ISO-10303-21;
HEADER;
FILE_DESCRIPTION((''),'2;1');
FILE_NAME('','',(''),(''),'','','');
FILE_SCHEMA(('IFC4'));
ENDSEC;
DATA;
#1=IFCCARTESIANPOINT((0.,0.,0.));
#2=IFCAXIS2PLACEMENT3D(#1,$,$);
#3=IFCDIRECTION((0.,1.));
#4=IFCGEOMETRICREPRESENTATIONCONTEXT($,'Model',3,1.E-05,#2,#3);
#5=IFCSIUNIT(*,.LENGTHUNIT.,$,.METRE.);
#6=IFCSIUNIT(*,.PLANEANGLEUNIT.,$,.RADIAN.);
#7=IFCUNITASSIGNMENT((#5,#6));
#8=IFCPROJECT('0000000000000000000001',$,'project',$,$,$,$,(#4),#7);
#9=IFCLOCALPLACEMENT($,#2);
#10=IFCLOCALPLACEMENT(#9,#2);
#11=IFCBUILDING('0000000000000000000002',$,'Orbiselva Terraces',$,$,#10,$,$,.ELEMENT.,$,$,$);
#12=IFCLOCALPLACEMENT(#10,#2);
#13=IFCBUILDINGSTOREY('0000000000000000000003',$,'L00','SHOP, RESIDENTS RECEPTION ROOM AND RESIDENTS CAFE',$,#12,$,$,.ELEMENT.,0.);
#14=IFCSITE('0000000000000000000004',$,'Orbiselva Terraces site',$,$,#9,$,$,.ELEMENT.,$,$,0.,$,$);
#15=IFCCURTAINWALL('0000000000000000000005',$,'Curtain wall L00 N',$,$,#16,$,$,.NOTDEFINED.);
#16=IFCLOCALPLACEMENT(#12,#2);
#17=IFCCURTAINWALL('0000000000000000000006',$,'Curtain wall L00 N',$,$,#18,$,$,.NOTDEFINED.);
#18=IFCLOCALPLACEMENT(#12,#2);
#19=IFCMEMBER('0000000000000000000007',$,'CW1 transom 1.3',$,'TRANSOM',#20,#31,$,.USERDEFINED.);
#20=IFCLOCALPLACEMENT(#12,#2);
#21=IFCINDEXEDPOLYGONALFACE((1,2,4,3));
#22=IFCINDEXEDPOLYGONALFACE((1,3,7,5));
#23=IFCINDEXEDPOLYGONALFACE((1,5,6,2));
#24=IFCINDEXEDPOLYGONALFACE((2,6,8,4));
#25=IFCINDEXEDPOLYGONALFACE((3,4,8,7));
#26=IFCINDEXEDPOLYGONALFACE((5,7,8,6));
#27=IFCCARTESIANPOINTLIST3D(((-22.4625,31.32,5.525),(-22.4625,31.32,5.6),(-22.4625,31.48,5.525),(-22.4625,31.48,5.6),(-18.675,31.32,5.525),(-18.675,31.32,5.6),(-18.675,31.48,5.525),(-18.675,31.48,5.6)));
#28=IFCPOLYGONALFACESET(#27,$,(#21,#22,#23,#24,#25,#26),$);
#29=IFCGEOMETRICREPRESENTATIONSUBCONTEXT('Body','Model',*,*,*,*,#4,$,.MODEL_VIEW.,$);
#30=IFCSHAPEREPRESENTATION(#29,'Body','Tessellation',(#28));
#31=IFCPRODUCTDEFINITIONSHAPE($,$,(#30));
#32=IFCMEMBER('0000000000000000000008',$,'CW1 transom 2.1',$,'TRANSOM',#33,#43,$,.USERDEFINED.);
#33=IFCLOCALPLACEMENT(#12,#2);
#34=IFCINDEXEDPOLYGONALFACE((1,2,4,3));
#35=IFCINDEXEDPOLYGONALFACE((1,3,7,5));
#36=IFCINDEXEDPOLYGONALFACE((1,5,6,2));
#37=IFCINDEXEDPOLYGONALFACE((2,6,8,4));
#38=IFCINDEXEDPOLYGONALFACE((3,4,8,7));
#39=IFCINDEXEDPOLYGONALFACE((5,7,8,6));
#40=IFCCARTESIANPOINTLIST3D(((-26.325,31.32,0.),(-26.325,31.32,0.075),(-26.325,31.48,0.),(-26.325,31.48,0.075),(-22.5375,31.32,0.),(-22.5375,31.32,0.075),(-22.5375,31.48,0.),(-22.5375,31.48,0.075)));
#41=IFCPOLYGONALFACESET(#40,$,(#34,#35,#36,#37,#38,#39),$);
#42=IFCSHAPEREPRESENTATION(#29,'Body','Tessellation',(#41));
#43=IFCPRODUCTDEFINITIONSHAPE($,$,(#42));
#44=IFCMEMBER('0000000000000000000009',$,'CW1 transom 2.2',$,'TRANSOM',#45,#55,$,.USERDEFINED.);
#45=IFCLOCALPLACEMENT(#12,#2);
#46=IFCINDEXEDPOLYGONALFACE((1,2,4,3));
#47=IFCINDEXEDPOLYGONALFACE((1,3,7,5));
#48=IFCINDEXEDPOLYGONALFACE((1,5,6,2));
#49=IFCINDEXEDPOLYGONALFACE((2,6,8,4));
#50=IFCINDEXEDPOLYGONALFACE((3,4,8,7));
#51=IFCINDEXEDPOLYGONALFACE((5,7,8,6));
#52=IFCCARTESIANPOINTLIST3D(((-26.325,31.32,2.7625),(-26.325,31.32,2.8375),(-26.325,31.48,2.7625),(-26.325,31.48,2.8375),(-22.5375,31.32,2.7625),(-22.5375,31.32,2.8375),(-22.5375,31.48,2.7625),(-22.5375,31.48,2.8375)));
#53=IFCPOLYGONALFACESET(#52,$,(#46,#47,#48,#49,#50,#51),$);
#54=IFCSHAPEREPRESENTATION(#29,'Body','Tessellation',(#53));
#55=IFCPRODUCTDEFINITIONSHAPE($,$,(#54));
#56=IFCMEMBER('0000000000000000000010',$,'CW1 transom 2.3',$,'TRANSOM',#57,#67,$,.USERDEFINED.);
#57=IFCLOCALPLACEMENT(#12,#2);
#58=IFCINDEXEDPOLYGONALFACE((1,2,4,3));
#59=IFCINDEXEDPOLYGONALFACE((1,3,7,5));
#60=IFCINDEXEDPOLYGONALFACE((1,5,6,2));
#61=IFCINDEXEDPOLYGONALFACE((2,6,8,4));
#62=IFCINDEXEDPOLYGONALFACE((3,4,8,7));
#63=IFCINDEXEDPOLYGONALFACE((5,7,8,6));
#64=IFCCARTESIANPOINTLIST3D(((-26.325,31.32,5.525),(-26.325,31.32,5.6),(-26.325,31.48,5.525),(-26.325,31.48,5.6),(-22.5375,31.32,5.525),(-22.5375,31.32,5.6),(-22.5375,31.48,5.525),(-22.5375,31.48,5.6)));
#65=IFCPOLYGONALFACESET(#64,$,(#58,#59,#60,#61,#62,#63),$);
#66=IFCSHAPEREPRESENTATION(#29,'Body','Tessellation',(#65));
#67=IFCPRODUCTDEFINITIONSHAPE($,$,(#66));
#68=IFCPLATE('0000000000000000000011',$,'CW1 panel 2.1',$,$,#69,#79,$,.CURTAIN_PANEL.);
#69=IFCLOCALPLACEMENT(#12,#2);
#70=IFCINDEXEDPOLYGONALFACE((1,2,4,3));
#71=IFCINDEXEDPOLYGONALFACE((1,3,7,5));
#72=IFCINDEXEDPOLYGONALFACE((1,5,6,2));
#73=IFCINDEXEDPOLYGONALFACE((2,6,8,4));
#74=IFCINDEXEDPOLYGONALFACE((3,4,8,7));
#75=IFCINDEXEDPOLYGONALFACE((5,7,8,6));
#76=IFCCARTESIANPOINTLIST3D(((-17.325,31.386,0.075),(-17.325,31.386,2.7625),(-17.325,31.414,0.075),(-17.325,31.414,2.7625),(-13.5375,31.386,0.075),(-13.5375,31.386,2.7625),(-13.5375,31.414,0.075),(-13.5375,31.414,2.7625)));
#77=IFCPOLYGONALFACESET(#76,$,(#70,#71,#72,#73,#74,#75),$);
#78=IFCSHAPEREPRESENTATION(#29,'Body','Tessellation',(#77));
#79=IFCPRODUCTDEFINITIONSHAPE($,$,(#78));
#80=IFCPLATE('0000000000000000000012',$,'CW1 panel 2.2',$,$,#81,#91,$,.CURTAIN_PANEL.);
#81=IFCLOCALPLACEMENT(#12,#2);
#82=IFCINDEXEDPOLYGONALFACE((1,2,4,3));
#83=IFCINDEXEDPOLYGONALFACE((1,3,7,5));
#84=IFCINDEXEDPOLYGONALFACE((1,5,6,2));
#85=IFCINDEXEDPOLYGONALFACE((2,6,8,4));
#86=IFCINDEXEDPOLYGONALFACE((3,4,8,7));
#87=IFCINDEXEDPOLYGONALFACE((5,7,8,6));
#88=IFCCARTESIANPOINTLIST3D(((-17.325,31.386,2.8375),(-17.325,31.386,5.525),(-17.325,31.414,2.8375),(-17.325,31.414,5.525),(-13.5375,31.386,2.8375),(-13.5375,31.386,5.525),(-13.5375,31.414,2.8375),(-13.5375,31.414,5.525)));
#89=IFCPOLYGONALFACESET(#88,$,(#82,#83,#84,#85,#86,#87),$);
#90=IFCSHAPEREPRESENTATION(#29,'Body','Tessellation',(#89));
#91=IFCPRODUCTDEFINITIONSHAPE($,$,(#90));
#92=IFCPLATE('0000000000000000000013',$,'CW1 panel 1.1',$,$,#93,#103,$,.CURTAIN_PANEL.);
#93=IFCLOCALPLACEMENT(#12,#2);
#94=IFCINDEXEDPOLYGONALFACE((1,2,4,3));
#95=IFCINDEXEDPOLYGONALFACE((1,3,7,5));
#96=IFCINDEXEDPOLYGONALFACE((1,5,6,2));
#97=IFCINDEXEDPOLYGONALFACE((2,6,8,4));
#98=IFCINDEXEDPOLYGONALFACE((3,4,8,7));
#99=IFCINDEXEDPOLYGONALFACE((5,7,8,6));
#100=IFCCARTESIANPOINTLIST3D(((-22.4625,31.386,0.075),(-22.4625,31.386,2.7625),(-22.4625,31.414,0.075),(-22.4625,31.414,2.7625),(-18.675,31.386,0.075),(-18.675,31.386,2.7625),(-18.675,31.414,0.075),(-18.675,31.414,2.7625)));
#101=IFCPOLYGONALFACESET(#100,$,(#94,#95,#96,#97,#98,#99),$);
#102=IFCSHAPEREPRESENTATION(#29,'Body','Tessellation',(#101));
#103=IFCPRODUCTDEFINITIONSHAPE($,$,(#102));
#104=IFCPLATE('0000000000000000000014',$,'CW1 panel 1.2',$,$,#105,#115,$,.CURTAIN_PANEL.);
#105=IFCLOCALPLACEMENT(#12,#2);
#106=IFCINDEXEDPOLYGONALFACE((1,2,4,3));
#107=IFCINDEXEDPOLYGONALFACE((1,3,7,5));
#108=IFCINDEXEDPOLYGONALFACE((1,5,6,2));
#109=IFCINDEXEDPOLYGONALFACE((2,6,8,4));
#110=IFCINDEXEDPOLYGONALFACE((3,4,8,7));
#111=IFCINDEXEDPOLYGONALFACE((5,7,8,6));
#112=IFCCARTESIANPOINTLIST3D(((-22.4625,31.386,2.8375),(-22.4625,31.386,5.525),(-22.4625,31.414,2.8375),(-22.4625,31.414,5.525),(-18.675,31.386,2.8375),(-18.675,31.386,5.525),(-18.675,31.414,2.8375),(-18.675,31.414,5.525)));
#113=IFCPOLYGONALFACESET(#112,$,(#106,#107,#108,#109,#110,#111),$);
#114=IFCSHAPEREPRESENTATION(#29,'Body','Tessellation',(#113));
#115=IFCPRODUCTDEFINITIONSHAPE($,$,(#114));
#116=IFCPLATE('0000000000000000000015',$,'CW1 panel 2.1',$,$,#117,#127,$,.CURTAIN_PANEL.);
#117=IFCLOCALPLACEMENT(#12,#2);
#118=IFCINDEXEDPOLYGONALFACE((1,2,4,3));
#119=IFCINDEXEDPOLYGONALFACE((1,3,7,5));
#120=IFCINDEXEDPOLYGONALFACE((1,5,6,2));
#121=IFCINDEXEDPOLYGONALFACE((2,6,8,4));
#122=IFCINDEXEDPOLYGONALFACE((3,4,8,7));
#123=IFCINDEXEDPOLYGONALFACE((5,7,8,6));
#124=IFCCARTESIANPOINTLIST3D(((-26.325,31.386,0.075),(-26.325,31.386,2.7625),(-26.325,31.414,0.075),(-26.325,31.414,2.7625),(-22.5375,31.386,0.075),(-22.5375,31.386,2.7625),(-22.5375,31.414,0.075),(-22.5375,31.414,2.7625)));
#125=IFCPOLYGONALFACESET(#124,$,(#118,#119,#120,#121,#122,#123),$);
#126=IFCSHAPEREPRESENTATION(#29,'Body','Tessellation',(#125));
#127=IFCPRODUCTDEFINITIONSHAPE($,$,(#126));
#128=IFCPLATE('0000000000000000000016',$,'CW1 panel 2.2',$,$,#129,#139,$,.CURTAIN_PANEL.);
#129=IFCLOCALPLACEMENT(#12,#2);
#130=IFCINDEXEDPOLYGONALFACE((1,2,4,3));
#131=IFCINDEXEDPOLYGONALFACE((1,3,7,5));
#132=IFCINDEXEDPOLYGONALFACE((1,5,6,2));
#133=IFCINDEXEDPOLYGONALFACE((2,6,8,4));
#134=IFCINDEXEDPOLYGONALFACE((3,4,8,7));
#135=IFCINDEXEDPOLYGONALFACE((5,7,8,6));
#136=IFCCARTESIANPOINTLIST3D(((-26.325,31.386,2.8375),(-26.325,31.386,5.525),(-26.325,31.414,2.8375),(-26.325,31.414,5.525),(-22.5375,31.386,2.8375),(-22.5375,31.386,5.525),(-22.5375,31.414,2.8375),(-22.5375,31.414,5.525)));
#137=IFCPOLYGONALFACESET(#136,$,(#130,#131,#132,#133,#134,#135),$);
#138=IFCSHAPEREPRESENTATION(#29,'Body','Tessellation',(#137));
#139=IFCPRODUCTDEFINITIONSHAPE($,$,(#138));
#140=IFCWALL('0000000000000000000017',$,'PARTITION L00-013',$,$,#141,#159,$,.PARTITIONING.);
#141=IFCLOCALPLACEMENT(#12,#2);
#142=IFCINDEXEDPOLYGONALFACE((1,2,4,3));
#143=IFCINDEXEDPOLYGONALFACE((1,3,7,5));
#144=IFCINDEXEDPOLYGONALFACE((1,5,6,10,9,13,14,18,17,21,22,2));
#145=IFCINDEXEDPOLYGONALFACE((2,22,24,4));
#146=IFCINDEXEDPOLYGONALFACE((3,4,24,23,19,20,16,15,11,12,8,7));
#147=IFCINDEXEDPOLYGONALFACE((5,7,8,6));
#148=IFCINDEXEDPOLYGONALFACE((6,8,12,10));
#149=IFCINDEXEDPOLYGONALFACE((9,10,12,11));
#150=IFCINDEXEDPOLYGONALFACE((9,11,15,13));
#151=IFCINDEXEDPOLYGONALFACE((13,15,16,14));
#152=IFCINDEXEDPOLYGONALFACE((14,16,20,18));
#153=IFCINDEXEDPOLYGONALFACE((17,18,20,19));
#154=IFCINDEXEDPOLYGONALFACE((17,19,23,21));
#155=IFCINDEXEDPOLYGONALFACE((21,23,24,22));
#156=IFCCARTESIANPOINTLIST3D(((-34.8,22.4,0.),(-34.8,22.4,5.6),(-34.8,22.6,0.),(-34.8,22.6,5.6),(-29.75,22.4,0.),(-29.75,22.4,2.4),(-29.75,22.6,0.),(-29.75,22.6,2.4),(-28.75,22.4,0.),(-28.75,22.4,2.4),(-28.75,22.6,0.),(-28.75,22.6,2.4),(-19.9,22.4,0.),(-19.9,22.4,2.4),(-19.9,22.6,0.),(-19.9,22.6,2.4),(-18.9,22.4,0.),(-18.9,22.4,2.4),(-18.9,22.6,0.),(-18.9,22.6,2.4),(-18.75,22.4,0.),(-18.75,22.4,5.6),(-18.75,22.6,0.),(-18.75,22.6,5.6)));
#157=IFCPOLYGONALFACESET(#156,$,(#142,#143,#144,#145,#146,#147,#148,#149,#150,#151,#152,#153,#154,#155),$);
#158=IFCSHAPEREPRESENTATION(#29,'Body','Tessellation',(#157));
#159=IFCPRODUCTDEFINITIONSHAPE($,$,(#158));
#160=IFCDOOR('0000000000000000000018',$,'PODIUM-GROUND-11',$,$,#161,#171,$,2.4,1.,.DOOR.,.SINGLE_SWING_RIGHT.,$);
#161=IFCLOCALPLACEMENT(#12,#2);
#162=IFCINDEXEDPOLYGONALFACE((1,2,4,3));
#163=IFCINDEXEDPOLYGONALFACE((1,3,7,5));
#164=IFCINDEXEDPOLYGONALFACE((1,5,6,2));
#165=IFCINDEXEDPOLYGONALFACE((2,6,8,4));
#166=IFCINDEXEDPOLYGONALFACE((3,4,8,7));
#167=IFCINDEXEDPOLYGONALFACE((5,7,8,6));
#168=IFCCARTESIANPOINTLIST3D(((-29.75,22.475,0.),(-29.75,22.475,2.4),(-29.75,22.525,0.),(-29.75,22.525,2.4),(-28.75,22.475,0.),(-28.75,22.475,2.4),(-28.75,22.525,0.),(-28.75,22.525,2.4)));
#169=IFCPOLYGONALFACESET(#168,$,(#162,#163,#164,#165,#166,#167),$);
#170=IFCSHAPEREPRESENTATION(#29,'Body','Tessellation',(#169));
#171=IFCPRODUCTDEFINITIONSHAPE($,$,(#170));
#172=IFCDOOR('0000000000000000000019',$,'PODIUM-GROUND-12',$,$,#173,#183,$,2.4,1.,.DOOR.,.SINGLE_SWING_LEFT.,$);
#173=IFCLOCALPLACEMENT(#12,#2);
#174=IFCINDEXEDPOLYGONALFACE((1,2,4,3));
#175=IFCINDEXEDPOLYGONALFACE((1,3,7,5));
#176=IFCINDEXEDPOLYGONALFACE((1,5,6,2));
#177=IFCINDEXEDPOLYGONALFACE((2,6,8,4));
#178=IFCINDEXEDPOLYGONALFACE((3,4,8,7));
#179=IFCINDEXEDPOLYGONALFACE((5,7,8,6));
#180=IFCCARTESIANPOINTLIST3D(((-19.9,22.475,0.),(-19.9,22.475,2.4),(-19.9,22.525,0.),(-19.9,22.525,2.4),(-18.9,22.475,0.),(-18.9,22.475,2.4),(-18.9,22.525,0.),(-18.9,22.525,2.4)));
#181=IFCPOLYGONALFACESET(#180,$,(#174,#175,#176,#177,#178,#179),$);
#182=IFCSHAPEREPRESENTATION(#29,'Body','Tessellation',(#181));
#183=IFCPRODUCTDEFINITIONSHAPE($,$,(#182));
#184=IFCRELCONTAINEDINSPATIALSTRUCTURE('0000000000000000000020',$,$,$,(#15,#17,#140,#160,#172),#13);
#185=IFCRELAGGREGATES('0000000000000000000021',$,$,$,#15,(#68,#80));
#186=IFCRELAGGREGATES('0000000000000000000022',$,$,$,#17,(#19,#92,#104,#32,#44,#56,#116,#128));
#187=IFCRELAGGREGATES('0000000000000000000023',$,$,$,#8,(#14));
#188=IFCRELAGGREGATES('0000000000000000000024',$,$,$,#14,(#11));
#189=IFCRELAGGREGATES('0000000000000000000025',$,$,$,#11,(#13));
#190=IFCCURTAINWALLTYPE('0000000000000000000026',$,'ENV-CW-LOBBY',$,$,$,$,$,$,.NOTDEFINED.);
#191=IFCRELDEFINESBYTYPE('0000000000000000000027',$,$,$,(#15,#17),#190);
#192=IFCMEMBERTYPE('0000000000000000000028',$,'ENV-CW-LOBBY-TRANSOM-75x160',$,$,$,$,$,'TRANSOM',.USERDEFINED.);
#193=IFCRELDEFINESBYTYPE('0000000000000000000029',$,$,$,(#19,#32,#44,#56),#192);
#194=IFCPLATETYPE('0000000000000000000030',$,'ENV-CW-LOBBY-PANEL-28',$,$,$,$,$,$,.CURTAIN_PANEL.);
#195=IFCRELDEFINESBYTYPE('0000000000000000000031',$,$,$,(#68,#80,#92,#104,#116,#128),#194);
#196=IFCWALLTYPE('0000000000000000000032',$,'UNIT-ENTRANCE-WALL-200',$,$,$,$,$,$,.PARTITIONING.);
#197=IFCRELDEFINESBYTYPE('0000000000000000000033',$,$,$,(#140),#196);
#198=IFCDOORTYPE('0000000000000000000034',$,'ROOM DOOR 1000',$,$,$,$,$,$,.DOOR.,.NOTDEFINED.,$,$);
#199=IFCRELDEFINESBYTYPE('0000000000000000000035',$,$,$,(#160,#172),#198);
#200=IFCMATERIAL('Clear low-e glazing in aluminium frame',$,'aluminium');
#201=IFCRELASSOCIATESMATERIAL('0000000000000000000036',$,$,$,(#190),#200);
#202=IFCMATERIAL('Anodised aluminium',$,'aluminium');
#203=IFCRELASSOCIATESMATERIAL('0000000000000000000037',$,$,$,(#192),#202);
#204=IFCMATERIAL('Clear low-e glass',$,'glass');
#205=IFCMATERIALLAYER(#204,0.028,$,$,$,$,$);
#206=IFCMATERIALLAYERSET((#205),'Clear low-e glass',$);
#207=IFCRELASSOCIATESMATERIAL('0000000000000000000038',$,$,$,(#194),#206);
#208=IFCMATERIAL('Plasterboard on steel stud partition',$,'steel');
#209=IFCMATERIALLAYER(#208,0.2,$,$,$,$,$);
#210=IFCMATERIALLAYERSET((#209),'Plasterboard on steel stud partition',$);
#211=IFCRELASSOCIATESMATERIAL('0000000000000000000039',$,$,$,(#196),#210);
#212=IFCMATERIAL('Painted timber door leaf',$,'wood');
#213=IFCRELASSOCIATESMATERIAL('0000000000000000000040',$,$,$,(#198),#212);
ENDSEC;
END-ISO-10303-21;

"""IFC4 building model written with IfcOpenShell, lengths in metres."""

from ifc_helpers import new_model, si_unit, direction, frame, frame_2d, origin, origin_2d, place, context, subcontext, project, spatial, rectangle, extrude, material, layer, layer_set, material_profile, profile_set, type_object, element, fill, aggregate, save


model = new_model("IFC4")

# Units and contexts
model_context = context("Model", 3, precision=1e-05, world=origin(), true_north=direction((0.0, 1.0)))
body_context = subcontext(model_context, "Body", "Model", "MODEL_VIEW")
ifc_project = project(units=[si_unit("LENGTHUNIT", "METRE"), si_unit("PLANEANGLEUNIT", "RADIAN")], contexts=[model_context])

# Site, building, storey
site_placement = place(None, origin())
site = spatial("IfcSite", under=ifc_project, at=site_placement, Name="Orbiselva Terraces site", CompositionType="ELEMENT", RefElevation=0.0)
building_placement = place(site_placement, origin())
building = spatial("IfcBuilding", under=site, at=building_placement, Name="Orbiselva Terraces", CompositionType="ELEMENT")
storey_placement = place(building_placement, origin())
storey = spatial("IfcBuildingStorey", under=building, at=storey_placement, Name="L00", Description="SHOP, RESIDENTS RECEPTION ROOM AND RESIDENTS CAFE", CompositionType="ELEMENT", Elevation=0.0)

# Curtain wall
ifc_material_1 = material(Name="Clear low-e glazing in aluminium frame", Category="aluminium")
curtain_wall_type = type_object("IfcCurtainWallType", Name="ENV-CW-LOBBY", PredefinedType="NOTDEFINED", material=ifc_material_1)
curtain_wall_1_placement = place(storey_placement, origin())
curtain_wall_1 = element("IfcCurtainWall", 1, at=curtain_wall_1_placement, inside=storey, type_object=curtain_wall_type, Name="Curtain wall L00 N", PredefinedType="NOTDEFINED")
ifc_material_2 = material(Name="Anodised aluminium", Category="aluminium")

# Curtain wall, members
curtain_wall_2_placement = place(storey_placement, origin())
curtain_wall_2 = element("IfcCurtainWall", 2, at=curtain_wall_2_placement, inside=storey, type_object=curtain_wall_type, Name="Curtain wall L00 N", PredefinedType="NOTDEFINED")
ifc_material_profile_1 = material_profile(ifc_material_2, rectangle(XDim=0.16, YDim=0.075, at=origin_2d()), Name="AL 75x160")
ifc_profile_set_1 = profile_set([ifc_material_profile_1], Name="Anodised aluminium")
member_type_1 = type_object("IfcMemberType", Name="ENV-CW-LOBBY-TRANSOM-75x160", ElementType="TRANSOM", PredefinedType="USERDEFINED", material=ifc_profile_set_1)
member_1_placement = place(storey_placement, frame((-18.675, 31.4, 5.5625), z_axis=(-1.0, 0.0, 0.0), x_axis=(0.0, -1.0, 0.0)))
member_1 = element("IfcMember", 3, at=member_1_placement, type_object=member_type_1, Name="CW1 transom 1.3", ObjectType="TRANSOM", PredefinedType="USERDEFINED", context=body_context, shape_type="SweptSolid", body=[
    extrude(rectangle(XDim=0.16, YDim=0.075, at=origin_2d()), origin(), (0.0, 0.0, 1.0), 3.7875),
])
member_2_placement = place(storey_placement, frame((-22.5375, 31.4, 0.0375), z_axis=(-1.0, 0.0, 0.0), x_axis=(0.0, -1.0, 0.0)))
member_2 = element("IfcMember", 4, at=member_2_placement, type_object=member_type_1, Name="CW1 transom 2.1", ObjectType="TRANSOM", PredefinedType="USERDEFINED", context=body_context, shape_type="SweptSolid", body=[
    extrude(rectangle(XDim=0.16, YDim=0.075, at=origin_2d()), origin(), (0.0, 0.0, 1.0), 3.7875),
])
member_3_placement = place(storey_placement, frame((-22.5375, 31.4, 2.8), z_axis=(-1.0, 0.0, 0.0), x_axis=(0.0, -1.0, 0.0)))
member_3 = element("IfcMember", 5, at=member_3_placement, type_object=member_type_1, Name="CW1 transom 2.2", ObjectType="TRANSOM", PredefinedType="USERDEFINED", context=body_context, shape_type="SweptSolid", body=[
    extrude(rectangle(XDim=0.16, YDim=0.075, at=origin_2d()), origin(), (0.0, 0.0, 1.0), 3.7875),
])
member_4_placement = place(storey_placement, frame((-22.5375, 31.4, 5.5625), z_axis=(-1.0, 0.0, 0.0), x_axis=(0.0, -1.0, 0.0)))
member_4 = element("IfcMember", 6, at=member_4_placement, type_object=member_type_1, Name="CW1 transom 2.3", ObjectType="TRANSOM", PredefinedType="USERDEFINED", context=body_context, shape_type="SweptSolid", body=[
    extrude(rectangle(XDim=0.16, YDim=0.075, at=origin_2d()), origin(), (0.0, 0.0, 1.0), 3.7875),
])

# Plates
ifc_material_3 = material(Name="Clear low-e glass", Category="glass")
ifc_layer_1 = layer(ifc_material_3, 0.028)
ifc_layer_set_1 = layer_set([ifc_layer_1], Name="Clear low-e glass")
plate_type = type_object("IfcPlateType", Name="ENV-CW-LOBBY-PANEL-28", PredefinedType="CURTAIN_PANEL", material=ifc_layer_set_1)
plate_1_placement = place(storey_placement, frame((-15.4313, 31.4, 0.075), z_axis=(0.0, 0.0, 1.0), x_axis=(-1.0, 0.0, 0.0)))
plate_1 = element("IfcPlate", 7, at=plate_1_placement, type_object=plate_type, Name="CW1 panel 2.1", PredefinedType="CURTAIN_PANEL", context=body_context, shape_type="SweptSolid", body=[
    extrude(rectangle(XDim=3.7875, YDim=0.028, at=origin_2d()), origin(), (0.0, 0.0, 1.0), 2.6875),
])
plate_2_placement = place(storey_placement, frame((-15.4313, 31.4, 2.8375), z_axis=(0.0, 0.0, 1.0), x_axis=(-1.0, 0.0, 0.0)))
plate_2 = element("IfcPlate", 8, at=plate_2_placement, type_object=plate_type, Name="CW1 panel 2.2", PredefinedType="CURTAIN_PANEL", context=body_context, shape_type="SweptSolid", body=[
    extrude(rectangle(XDim=3.7875, YDim=0.028, at=origin_2d()), origin(), (0.0, 0.0, 1.0), 2.6875),
])
aggregate(curtain_wall_1, [plate_1, plate_2])
plate_3_placement = place(storey_placement, frame((-20.5688, 31.4, 0.075), z_axis=(0.0, 0.0, 1.0), x_axis=(-1.0, 0.0, 0.0)))
plate_3 = element("IfcPlate", 9, at=plate_3_placement, type_object=plate_type, Name="CW1 panel 1.1", PredefinedType="CURTAIN_PANEL", context=body_context, shape_type="SweptSolid", body=[
    extrude(rectangle(XDim=3.7875, YDim=0.028, at=origin_2d()), origin(), (0.0, 0.0, 1.0), 2.6875),
])
plate_4_placement = place(storey_placement, frame((-20.5688, 31.4, 2.8375), z_axis=(0.0, 0.0, 1.0), x_axis=(-1.0, 0.0, 0.0)))
plate_4 = element("IfcPlate", 10, at=plate_4_placement, type_object=plate_type, Name="CW1 panel 1.2", PredefinedType="CURTAIN_PANEL", context=body_context, shape_type="SweptSolid", body=[
    extrude(rectangle(XDim=3.7875, YDim=0.028, at=origin_2d()), origin(), (0.0, 0.0, 1.0), 2.6875),
])
plate_5_placement = place(storey_placement, frame((-24.4312, 31.4, 0.075), z_axis=(0.0, 0.0, 1.0), x_axis=(-1.0, 0.0, 0.0)))
plate_5 = element("IfcPlate", 11, at=plate_5_placement, type_object=plate_type, Name="CW1 panel 2.1", PredefinedType="CURTAIN_PANEL", context=body_context, shape_type="SweptSolid", body=[
    extrude(rectangle(XDim=3.7875, YDim=0.028, at=origin_2d()), origin(), (0.0, 0.0, 1.0), 2.6875),
])
plate_6_placement = place(storey_placement, frame((-24.4312, 31.4, 2.8375), z_axis=(0.0, 0.0, 1.0), x_axis=(-1.0, 0.0, 0.0)))
plate_6 = element("IfcPlate", 12, at=plate_6_placement, type_object=plate_type, Name="CW1 panel 2.2", PredefinedType="CURTAIN_PANEL", context=body_context, shape_type="SweptSolid", body=[
    extrude(rectangle(XDim=3.7875, YDim=0.028, at=origin_2d()), origin(), (0.0, 0.0, 1.0), 2.6875),
])
aggregate(curtain_wall_2, [member_1, plate_3, plate_4, member_2, member_3, member_4, plate_5, plate_6])

# Wall, openings, doors
ifc_material_4 = material(Name="Plasterboard on steel stud partition", Category="steel")
ifc_layer_2 = layer(ifc_material_4, 0.2)
ifc_layer_set_2 = layer_set([ifc_layer_2], Name="Plasterboard on steel stud partition")
wall_type = type_object("IfcWallType", Name="UNIT-ENTRANCE-WALL-200", PredefinedType="PARTITIONING", material=ifc_layer_set_2)
wall_1_placement = place(storey_placement, frame((-18.75, 22.5, 0.0), z_axis=(0.0, 0.0, 1.0), x_axis=(-1.0, 0.0, 0.0)))
wall_1 = element("IfcWall", 13, at=wall_1_placement, inside=storey, type_object=wall_type, Name="PARTITION L00-013", PredefinedType="PARTITIONING", context=body_context, shape_type="SweptSolid", body=[
    extrude(rectangle(XDim=16.05, YDim=0.2, at=frame_2d((8.025, 0.0))), origin(), (0.0, 0.0, 1.0), 5.6),
])
opening_1_placement = place(wall_1_placement, frame((10.0, 0.0, 0.0)))
opening_1 = element("IfcOpeningElement", 14, at=opening_1_placement, cuts=wall_1, PredefinedType="OPENING", context=body_context, shape_type="SweptSolid", body=[
    extrude(rectangle(XDim=1.0, YDim=2.4, at=frame_2d((0.5, 1.2))), frame((0.0, 0.11, 0.0), z_axis=(0.0, -1.0, 0.0), x_axis=(1.0, 0.0, 0.0)), (0.0, 0.0, 1.0), 0.22),
])
opening_2_placement = place(wall_1_placement, frame((0.15, 0.0, 0.0)))
opening_2 = element("IfcOpeningElement", 15, at=opening_2_placement, cuts=wall_1, PredefinedType="OPENING", context=body_context, shape_type="SweptSolid", body=[
    extrude(rectangle(XDim=1.0, YDim=2.4, at=frame_2d((0.5, 1.2))), frame((0.0, 0.11, 0.0), z_axis=(0.0, -1.0, 0.0), x_axis=(1.0, 0.0, 0.0)), (0.0, 0.0, 1.0), 0.22),
])
ifc_material_5 = material(Name="Painted timber door leaf", Category="wood")
door_type = type_object("IfcDoorType", Name="ROOM DOOR 1000", OperationType="NOTDEFINED", PredefinedType="DOOR", material=ifc_material_5)
door_1_placement = place(opening_1_placement, origin())
door_1 = element("IfcDoor", 16, at=door_1_placement, inside=storey, type_object=door_type, Name="PODIUM-GROUND-11", OperationType="SINGLE_SWING_RIGHT", OverallHeight=2.4, OverallWidth=1.0, PredefinedType="DOOR", context=body_context, shape_type="SweptSolid", body=[
    extrude(rectangle(XDim=1.0, YDim=2.4, at=frame_2d((0.5, 1.2))), frame((0.0, 0.025, 0.0), z_axis=(0.0, -1.0, 0.0), x_axis=(1.0, 0.0, 0.0)), (0.0, 0.0, 1.0), 0.05),
])
fill(opening_1, door_1)
door_2_placement = place(opening_2_placement, origin())
door_2 = element("IfcDoor", 17, at=door_2_placement, inside=storey, type_object=door_type, Name="PODIUM-GROUND-12", OperationType="SINGLE_SWING_LEFT", OverallHeight=2.4, OverallWidth=1.0, PredefinedType="DOOR", context=body_context, shape_type="SweptSolid", body=[
    extrude(rectangle(XDim=1.0, YDim=2.4, at=frame_2d((0.5, 1.2))), frame((0.0, 0.025, 0.0), z_axis=(0.0, -1.0, 0.0), x_axis=(1.0, 0.0, 0.0)), (0.0, 0.0, 1.0), 0.05),
])
fill(opening_2, door_2)

save(model, "model.ifc")
